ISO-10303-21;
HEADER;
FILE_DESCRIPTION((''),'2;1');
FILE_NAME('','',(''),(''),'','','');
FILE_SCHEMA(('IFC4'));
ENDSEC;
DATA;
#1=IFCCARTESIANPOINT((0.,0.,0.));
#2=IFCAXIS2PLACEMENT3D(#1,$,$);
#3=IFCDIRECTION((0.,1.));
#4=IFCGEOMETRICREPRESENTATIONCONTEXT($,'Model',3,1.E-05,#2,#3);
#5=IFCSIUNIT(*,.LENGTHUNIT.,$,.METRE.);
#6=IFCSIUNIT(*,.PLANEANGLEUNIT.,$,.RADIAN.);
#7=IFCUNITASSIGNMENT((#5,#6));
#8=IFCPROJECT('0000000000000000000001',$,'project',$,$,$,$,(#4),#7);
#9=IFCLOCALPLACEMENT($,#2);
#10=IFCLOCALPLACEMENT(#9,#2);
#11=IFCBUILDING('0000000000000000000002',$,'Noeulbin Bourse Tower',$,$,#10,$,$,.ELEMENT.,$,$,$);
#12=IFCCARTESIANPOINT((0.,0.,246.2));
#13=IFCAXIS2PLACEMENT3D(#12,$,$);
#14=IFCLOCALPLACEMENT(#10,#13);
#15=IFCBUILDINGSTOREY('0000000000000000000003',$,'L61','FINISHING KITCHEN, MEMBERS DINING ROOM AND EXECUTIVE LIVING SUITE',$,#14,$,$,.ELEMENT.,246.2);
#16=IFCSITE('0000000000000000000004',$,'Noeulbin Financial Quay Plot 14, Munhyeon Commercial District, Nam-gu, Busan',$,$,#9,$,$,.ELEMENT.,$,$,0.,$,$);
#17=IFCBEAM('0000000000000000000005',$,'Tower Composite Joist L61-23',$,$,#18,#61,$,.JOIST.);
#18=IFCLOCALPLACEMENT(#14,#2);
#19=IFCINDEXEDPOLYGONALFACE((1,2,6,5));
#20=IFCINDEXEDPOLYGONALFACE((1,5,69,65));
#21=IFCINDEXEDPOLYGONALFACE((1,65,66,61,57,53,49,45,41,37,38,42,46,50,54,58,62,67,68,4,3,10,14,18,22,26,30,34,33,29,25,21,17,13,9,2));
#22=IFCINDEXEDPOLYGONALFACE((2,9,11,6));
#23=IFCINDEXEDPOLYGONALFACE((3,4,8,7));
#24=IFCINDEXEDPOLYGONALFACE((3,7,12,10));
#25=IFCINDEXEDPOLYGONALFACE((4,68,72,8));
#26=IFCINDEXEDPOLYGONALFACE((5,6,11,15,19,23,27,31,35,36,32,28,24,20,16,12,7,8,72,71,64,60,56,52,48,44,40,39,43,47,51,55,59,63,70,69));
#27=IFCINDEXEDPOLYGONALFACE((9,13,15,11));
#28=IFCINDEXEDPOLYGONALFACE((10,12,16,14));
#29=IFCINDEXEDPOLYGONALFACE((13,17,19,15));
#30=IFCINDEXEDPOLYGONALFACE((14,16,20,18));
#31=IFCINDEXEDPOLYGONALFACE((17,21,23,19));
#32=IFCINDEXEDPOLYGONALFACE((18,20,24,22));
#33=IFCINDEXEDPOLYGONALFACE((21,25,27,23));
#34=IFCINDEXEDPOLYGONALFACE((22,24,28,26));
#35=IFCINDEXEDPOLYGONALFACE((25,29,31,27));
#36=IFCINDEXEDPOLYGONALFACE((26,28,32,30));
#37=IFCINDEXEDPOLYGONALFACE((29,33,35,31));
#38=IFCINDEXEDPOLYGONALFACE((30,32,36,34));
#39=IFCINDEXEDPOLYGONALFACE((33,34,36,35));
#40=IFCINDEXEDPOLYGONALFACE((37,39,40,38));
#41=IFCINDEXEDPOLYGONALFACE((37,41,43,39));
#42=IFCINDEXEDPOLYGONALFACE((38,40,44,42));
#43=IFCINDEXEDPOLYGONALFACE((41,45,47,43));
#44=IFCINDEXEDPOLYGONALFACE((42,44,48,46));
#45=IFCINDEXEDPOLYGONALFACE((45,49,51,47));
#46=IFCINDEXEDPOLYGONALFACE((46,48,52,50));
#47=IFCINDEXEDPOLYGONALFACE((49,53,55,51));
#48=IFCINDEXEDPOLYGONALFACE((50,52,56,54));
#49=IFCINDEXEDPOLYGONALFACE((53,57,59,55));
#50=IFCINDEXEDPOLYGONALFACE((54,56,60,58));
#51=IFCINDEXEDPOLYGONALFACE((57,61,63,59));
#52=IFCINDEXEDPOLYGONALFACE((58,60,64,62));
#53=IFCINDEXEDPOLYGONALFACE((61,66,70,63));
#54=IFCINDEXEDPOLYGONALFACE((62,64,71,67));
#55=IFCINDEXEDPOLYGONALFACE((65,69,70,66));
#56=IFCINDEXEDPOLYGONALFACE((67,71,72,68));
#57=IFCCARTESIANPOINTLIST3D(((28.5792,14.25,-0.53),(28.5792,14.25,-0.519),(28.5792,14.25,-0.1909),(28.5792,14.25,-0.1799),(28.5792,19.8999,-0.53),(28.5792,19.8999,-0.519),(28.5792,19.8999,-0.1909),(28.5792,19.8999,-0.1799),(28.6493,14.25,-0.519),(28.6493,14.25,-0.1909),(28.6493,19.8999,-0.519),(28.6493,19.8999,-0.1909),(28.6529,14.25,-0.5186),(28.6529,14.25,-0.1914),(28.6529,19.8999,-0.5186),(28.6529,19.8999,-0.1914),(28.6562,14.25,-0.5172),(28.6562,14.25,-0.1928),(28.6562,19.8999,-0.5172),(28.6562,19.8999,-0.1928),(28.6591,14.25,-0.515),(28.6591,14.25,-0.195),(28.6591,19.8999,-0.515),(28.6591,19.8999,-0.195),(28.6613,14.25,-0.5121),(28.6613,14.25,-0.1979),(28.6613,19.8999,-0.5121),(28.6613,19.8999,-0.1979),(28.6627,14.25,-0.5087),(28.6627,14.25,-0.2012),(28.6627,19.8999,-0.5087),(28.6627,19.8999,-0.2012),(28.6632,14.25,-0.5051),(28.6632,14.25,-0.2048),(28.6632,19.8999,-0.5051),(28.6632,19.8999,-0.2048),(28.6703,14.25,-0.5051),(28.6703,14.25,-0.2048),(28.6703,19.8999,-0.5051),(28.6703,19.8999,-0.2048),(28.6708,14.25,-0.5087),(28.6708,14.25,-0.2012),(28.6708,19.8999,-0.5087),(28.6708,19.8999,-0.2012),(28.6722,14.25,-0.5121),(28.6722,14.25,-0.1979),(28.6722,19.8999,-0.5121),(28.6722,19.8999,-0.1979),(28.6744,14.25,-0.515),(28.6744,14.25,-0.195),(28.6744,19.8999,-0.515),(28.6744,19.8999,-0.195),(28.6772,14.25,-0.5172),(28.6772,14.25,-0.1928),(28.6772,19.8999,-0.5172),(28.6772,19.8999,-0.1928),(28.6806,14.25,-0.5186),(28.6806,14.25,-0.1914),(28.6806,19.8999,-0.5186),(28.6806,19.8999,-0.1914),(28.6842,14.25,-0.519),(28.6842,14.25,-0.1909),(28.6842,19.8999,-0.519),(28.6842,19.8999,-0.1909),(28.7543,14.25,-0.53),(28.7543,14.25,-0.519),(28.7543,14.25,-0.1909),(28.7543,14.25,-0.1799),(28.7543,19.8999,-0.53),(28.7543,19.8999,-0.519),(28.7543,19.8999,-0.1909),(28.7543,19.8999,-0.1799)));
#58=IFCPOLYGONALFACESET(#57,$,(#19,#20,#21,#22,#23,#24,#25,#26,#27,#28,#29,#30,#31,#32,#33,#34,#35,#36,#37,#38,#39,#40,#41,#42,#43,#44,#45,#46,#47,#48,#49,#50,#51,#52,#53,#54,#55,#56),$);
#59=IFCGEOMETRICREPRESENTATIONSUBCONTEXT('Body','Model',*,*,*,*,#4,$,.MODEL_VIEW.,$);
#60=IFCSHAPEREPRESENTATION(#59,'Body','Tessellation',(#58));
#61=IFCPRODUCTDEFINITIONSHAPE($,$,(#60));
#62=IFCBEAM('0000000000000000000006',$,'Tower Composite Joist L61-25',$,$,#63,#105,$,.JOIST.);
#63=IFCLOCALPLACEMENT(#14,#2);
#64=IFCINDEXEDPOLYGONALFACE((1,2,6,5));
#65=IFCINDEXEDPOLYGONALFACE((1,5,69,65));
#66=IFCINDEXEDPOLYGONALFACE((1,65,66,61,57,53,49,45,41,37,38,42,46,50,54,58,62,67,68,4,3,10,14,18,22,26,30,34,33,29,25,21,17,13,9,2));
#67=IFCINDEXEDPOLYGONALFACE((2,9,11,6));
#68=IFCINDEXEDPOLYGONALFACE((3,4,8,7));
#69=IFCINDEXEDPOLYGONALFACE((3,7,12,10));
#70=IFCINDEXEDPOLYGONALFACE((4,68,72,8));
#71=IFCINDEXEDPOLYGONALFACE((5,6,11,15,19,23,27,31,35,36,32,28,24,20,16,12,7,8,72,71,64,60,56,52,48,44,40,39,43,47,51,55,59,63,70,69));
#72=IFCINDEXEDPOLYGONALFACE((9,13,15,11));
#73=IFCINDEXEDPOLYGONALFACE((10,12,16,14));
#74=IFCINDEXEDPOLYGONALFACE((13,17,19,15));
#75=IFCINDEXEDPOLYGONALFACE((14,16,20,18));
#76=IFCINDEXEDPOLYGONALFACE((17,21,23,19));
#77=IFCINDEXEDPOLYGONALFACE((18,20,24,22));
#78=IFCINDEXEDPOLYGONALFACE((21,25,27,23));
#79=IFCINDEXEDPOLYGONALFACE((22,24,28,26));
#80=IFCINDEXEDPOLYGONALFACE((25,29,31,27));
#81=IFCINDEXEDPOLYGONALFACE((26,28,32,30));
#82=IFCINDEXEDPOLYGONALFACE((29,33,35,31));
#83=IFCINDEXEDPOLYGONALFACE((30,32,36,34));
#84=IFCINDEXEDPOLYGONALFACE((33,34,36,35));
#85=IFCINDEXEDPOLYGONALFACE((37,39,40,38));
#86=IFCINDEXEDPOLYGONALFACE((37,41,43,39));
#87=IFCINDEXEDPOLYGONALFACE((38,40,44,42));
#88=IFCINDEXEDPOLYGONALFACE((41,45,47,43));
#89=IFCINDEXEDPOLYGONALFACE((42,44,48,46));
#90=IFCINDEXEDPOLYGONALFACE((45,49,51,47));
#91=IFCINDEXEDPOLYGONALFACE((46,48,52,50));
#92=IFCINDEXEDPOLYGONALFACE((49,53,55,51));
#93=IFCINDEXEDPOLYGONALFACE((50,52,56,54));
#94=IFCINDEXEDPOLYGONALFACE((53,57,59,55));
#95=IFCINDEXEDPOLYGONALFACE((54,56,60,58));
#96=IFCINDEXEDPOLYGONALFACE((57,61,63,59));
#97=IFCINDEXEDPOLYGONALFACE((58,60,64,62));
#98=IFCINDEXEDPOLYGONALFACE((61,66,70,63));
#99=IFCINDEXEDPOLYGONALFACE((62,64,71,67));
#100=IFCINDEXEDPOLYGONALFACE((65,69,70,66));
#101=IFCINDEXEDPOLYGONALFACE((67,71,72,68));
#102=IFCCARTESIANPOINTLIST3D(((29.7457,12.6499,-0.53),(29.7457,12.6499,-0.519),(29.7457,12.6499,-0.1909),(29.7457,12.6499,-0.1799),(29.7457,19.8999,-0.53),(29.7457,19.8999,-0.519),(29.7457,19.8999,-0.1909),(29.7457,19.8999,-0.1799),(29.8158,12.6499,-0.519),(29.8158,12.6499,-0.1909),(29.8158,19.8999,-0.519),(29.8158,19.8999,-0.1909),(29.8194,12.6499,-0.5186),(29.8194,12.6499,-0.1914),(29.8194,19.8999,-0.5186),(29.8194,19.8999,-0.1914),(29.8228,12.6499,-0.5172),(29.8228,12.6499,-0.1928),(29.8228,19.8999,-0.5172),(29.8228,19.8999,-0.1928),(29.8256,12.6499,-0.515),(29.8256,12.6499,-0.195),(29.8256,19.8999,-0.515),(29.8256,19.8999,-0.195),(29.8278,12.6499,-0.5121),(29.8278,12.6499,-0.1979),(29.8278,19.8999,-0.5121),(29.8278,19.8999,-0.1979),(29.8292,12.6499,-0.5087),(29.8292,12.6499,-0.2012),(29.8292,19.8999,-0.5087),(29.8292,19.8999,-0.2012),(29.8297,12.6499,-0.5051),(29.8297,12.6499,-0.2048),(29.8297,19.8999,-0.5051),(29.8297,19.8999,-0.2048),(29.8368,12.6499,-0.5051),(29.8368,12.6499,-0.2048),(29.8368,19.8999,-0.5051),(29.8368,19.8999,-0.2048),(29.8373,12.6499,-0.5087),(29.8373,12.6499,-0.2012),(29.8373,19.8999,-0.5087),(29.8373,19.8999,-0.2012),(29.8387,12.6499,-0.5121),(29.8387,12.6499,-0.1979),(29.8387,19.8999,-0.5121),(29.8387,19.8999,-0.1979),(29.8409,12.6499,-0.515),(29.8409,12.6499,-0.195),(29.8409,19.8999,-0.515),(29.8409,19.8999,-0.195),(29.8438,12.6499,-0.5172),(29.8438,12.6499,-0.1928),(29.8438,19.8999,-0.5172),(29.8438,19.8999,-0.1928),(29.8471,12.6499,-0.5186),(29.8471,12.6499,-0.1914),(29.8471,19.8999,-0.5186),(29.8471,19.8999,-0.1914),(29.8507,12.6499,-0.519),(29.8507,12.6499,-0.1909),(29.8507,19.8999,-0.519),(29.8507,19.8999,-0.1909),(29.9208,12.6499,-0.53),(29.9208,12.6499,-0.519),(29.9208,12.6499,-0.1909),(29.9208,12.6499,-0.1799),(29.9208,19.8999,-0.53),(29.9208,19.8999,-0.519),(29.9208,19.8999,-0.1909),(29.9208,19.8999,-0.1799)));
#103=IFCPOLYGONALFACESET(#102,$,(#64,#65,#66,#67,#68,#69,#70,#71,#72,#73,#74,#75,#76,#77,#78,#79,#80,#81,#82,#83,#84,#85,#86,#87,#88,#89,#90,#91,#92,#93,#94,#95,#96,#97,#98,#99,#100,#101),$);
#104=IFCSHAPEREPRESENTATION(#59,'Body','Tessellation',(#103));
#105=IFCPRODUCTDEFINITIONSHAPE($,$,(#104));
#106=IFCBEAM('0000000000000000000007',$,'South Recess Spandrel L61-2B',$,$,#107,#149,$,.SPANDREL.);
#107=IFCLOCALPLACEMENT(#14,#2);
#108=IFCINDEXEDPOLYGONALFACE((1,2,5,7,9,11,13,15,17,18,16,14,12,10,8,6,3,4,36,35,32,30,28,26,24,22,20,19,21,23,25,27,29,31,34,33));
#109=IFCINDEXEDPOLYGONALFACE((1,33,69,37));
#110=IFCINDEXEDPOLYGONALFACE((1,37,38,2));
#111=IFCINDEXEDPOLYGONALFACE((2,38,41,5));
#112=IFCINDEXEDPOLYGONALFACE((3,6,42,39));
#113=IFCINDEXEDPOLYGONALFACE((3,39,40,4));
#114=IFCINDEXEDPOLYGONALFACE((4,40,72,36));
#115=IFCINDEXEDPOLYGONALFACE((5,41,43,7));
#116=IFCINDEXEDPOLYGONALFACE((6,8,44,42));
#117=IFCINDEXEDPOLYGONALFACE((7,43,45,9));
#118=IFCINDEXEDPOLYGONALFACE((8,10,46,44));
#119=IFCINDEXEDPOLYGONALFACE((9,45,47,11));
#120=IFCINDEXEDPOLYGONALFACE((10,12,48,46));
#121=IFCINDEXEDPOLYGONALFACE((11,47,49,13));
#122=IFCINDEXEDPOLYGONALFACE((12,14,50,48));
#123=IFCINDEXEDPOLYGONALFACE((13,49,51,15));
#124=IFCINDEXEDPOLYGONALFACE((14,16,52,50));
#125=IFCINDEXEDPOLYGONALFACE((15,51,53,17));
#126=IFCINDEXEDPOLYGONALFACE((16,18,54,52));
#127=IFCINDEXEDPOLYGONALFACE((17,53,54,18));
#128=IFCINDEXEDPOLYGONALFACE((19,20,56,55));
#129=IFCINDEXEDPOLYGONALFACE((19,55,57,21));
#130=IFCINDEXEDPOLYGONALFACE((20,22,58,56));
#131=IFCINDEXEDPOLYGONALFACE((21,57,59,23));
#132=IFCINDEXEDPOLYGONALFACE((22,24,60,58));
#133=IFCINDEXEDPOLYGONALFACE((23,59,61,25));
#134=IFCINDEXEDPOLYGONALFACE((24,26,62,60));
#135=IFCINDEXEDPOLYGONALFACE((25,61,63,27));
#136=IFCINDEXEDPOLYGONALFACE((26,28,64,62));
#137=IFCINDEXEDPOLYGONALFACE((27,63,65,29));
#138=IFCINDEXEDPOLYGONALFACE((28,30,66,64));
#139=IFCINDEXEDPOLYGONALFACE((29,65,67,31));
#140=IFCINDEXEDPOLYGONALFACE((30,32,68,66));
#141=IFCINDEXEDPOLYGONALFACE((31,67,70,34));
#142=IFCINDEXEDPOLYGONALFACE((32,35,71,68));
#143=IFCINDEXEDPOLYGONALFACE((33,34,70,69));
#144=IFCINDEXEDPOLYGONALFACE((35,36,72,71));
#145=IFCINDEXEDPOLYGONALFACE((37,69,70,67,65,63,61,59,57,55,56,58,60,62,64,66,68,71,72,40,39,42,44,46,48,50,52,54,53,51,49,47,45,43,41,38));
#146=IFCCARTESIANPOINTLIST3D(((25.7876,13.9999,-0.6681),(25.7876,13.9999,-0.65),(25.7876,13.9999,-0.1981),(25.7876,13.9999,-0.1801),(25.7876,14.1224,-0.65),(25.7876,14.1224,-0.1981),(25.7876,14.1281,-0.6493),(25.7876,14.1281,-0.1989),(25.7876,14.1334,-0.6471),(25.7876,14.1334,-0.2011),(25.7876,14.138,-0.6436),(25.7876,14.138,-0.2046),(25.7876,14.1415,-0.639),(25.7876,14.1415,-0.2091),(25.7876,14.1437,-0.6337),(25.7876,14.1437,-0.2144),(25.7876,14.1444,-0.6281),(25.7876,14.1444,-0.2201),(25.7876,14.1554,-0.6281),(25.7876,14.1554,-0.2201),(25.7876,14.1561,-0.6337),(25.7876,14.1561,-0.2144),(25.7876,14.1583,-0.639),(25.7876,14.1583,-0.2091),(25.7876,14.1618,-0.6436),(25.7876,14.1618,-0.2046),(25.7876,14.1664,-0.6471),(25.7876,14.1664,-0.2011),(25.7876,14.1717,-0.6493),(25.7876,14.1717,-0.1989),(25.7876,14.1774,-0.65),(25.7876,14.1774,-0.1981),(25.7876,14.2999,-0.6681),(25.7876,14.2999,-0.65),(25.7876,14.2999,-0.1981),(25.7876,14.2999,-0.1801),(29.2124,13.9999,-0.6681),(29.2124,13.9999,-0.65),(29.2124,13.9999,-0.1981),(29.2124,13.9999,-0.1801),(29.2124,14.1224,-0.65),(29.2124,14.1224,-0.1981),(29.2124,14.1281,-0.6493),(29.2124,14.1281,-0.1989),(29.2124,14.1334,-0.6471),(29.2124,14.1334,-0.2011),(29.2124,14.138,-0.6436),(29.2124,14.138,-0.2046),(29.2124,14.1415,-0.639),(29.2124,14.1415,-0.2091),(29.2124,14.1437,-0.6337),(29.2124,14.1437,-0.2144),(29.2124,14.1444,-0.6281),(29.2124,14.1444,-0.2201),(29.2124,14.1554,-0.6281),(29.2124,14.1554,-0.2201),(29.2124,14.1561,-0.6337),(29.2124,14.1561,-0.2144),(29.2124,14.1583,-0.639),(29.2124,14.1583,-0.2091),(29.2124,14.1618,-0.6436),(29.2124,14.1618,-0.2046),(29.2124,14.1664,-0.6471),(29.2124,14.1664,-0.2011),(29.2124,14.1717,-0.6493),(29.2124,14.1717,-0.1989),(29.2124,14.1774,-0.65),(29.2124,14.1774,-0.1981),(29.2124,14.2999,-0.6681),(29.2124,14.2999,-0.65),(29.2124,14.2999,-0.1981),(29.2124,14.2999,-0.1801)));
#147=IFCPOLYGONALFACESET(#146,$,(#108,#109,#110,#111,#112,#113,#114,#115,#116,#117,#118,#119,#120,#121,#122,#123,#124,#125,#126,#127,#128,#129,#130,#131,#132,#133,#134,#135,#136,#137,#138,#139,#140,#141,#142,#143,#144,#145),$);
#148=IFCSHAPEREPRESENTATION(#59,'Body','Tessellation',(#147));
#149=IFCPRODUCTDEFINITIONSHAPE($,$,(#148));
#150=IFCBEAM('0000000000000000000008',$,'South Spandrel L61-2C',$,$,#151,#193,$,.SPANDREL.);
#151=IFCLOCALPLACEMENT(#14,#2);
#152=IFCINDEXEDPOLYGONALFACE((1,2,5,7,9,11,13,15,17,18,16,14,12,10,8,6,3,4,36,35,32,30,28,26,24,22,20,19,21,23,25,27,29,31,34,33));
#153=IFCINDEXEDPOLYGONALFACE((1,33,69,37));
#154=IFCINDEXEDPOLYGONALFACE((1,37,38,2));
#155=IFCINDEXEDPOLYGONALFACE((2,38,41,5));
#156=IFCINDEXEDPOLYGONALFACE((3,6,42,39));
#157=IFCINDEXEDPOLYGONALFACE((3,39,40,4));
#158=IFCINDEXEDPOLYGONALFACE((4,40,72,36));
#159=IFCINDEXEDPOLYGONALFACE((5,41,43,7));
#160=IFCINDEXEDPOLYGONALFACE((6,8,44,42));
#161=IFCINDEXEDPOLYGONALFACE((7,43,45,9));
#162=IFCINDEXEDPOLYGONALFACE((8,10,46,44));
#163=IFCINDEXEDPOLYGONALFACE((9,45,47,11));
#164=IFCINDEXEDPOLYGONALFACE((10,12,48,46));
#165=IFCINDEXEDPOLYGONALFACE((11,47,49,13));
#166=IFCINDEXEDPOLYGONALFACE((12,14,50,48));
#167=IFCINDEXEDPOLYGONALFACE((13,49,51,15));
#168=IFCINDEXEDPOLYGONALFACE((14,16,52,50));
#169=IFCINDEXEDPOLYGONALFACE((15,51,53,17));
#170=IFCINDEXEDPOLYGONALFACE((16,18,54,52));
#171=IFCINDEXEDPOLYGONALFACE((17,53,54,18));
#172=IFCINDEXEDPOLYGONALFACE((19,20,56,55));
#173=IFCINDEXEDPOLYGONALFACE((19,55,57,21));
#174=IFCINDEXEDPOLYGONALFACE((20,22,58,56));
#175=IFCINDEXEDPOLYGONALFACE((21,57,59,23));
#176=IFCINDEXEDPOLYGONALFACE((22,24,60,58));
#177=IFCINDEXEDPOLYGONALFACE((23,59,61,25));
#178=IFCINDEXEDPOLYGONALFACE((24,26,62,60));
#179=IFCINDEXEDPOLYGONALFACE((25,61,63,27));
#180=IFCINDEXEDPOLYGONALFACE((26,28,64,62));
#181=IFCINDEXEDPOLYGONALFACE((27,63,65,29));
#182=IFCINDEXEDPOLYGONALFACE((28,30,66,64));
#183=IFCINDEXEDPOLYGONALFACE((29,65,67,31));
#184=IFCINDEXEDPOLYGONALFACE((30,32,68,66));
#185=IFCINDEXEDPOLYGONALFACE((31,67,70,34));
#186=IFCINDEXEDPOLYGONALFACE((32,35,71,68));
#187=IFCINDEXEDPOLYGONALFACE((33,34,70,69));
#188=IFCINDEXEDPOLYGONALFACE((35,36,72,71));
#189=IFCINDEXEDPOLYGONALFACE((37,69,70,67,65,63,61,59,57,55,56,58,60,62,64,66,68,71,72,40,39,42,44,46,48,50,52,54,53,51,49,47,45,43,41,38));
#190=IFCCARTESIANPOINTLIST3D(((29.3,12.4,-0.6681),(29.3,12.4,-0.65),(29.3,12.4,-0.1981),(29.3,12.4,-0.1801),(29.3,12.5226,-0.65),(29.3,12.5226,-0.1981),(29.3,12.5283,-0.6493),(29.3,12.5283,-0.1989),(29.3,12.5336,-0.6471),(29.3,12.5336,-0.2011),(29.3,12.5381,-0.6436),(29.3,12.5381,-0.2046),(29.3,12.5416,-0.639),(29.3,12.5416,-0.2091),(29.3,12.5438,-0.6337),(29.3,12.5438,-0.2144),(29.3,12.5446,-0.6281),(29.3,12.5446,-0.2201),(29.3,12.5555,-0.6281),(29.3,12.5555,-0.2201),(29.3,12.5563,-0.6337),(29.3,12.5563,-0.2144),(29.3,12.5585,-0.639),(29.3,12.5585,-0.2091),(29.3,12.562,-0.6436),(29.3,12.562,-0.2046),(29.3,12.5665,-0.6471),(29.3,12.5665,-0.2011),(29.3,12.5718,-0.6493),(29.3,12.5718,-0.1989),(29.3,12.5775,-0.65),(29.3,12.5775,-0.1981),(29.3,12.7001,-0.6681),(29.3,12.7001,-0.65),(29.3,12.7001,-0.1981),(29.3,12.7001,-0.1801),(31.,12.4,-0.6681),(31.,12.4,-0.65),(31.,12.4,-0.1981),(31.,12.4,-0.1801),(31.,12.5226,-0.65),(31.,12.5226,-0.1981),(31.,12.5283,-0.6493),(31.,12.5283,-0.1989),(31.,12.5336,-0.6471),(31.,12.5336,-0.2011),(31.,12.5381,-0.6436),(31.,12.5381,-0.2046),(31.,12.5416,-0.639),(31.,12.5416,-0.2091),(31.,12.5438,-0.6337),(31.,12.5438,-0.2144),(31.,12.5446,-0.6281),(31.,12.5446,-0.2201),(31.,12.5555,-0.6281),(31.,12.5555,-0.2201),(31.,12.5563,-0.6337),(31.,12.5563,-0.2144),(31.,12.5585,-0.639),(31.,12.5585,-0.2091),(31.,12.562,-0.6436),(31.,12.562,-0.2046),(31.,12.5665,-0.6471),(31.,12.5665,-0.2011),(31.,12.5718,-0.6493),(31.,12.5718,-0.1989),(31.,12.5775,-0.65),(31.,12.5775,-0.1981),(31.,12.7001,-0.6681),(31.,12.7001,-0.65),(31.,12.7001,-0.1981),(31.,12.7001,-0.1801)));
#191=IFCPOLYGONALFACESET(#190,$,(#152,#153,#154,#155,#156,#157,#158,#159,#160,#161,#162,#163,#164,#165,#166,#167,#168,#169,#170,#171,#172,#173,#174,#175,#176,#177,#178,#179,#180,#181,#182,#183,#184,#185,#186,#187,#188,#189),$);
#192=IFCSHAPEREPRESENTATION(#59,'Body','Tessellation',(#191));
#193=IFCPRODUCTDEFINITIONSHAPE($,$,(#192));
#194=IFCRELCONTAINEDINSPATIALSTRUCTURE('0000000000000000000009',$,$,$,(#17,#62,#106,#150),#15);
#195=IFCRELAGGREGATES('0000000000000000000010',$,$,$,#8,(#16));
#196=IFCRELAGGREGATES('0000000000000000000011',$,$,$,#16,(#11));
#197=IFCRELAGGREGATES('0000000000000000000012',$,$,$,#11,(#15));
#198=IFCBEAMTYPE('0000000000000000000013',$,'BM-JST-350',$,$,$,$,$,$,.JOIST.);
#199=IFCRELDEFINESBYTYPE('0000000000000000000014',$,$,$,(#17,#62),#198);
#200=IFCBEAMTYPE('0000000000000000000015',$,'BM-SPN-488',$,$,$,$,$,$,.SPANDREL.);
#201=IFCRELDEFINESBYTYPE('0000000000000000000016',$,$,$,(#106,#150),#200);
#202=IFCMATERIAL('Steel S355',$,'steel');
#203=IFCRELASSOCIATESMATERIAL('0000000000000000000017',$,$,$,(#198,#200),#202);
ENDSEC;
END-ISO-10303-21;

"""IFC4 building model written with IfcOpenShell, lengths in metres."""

from ifc_helpers import new_model, si_unit, direction, frame, origin, origin_2d, place, context, subcontext, project, spatial, i_section, extrude, material, material_profile, profile_set, type_object, element, save


model = new_model("IFC4")

# Units and contexts
model_context = context("Model", 3, precision=1e-05, world=origin(), true_north=direction((0.0, 1.0)))
body_context = subcontext(model_context, "Body", "Model", "MODEL_VIEW")
ifc_project = project(units=[si_unit("LENGTHUNIT", "METRE"), si_unit("PLANEANGLEUNIT", "RADIAN")], contexts=[model_context])

# Site, building, storey
site_placement = place(None, origin())
site = spatial("IfcSite", under=ifc_project, at=site_placement, Name="Noeulbin Financial Quay Plot 14, Munhyeon Commercial District, Nam-gu, Busan", CompositionType="ELEMENT", RefElevation=0.0)
building_placement = place(site_placement, origin())
building = spatial("IfcBuilding", under=site, at=building_placement, Name="Noeulbin Bourse Tower", CompositionType="ELEMENT")
storey_placement = place(building_placement, frame((0.0, 0.0, 246.2)))
storey = spatial("IfcBuildingStorey", under=building, at=storey_placement, Name="L61", Description="FINISHING KITCHEN, MEMBERS DINING ROOM AND EXECUTIVE LIVING SUITE", CompositionType="ELEMENT", Elevation=246.2)

# Shared definitions
ifc_material_1 = material(Name="Steel S355", Category="steel")

# Beams
ifc_material_profile_1 = material_profile(ifc_material_1, i_section(OverallWidth=0.175, OverallDepth=0.3501, WebThickness=0.0071, FlangeThickness=0.011, FilletRadius=0.0139, at=origin_2d()), Name="H-350x175x7x11", Category="LoadBearing")
ifc_profile_set_1 = profile_set([ifc_material_profile_1], Name="Steel S355")
beam_type_1 = type_object("IfcBeamType", Name="BM-JST-350", PredefinedType="JOIST", material=ifc_profile_set_1)
for number, where, z_axis, x_axis, name in (
    (1, (28.6667, 14.25, -0.355), (0.0, 1.0, 0.0), (-1.0, 0.0, 0.0), "Tower Composite Joist L61-23"),
):
    element("IfcBeam", number, at=place(storey_placement, frame(where, z_axis=z_axis, x_axis=x_axis)), inside=storey, type_object=beam_type_1, Name=name, PredefinedType="JOIST", context=body_context, shape_type="SweptSolid", body=[
        extrude(i_section(OverallWidth=0.175, OverallDepth=0.3501, WebThickness=0.0071, FlangeThickness=0.011, FilletRadius=0.0139, at=origin_2d()), origin(), (0.0, 0.0, 1.0), 5.6499),
    ])
beam_1_placement = place(storey_placement, frame((29.8333, 12.6499, -0.355), z_axis=(0.0, 1.0, 0.0), x_axis=(-1.0, 0.0, 0.0)))
element("IfcBeam", 2, at=beam_1_placement, inside=storey, type_object=beam_type_1, Name="Tower Composite Joist L61-25", PredefinedType="JOIST", context=body_context, shape_type="SweptSolid", body=[
    extrude(i_section(OverallWidth=0.175, OverallDepth=0.3501, WebThickness=0.0071, FlangeThickness=0.011, FilletRadius=0.0139, at=origin_2d()), origin(), (0.0, 0.0, 1.0), 7.25),
])
ifc_material_profile_2 = material_profile(ifc_material_1, i_section(OverallWidth=0.3, OverallDepth=0.488, WebThickness=0.011, FlangeThickness=0.0181, FilletRadius=0.022, at=origin_2d()), Name="H-488x300x11x18", Category="LoadBearing")
ifc_profile_set_2 = profile_set([ifc_material_profile_2], Name="Steel S355")
beam_type_2 = type_object("IfcBeamType", Name="BM-SPN-488", PredefinedType="SPANDREL", material=ifc_profile_set_2)
beam_2_placement = place(storey_placement, frame((25.7876, 14.1499, -0.4241), z_axis=(1.0, 0.0, 0.0), x_axis=(0.0, 1.0, 0.0)))
element("IfcBeam", 3, at=beam_2_placement, inside=storey, type_object=beam_type_2, Name="South Recess Spandrel L61-2B", PredefinedType="SPANDREL", context=body_context, shape_type="SweptSolid", body=[
    extrude(i_section(OverallWidth=0.3, OverallDepth=0.488, WebThickness=0.011, FlangeThickness=0.0181, FilletRadius=0.022, at=origin_2d()), origin(), (0.0, 0.0, 1.0), 3.4248),
])
beam_3_placement = place(storey_placement, frame((29.3, 12.55, -0.4241), z_axis=(1.0, 0.0, 0.0), x_axis=(0.0, 1.0, 0.0)))
element("IfcBeam", 4, at=beam_3_placement, inside=storey, type_object=beam_type_2, Name="South Spandrel L61-2C", PredefinedType="SPANDREL", context=body_context, shape_type="SweptSolid", body=[
    extrude(i_section(OverallWidth=0.3, OverallDepth=0.488, WebThickness=0.011, FlangeThickness=0.0181, FilletRadius=0.022, at=origin_2d()), origin(), (0.0, 0.0, 1.0), 1.7),
])

save(model, "model.ifc")
